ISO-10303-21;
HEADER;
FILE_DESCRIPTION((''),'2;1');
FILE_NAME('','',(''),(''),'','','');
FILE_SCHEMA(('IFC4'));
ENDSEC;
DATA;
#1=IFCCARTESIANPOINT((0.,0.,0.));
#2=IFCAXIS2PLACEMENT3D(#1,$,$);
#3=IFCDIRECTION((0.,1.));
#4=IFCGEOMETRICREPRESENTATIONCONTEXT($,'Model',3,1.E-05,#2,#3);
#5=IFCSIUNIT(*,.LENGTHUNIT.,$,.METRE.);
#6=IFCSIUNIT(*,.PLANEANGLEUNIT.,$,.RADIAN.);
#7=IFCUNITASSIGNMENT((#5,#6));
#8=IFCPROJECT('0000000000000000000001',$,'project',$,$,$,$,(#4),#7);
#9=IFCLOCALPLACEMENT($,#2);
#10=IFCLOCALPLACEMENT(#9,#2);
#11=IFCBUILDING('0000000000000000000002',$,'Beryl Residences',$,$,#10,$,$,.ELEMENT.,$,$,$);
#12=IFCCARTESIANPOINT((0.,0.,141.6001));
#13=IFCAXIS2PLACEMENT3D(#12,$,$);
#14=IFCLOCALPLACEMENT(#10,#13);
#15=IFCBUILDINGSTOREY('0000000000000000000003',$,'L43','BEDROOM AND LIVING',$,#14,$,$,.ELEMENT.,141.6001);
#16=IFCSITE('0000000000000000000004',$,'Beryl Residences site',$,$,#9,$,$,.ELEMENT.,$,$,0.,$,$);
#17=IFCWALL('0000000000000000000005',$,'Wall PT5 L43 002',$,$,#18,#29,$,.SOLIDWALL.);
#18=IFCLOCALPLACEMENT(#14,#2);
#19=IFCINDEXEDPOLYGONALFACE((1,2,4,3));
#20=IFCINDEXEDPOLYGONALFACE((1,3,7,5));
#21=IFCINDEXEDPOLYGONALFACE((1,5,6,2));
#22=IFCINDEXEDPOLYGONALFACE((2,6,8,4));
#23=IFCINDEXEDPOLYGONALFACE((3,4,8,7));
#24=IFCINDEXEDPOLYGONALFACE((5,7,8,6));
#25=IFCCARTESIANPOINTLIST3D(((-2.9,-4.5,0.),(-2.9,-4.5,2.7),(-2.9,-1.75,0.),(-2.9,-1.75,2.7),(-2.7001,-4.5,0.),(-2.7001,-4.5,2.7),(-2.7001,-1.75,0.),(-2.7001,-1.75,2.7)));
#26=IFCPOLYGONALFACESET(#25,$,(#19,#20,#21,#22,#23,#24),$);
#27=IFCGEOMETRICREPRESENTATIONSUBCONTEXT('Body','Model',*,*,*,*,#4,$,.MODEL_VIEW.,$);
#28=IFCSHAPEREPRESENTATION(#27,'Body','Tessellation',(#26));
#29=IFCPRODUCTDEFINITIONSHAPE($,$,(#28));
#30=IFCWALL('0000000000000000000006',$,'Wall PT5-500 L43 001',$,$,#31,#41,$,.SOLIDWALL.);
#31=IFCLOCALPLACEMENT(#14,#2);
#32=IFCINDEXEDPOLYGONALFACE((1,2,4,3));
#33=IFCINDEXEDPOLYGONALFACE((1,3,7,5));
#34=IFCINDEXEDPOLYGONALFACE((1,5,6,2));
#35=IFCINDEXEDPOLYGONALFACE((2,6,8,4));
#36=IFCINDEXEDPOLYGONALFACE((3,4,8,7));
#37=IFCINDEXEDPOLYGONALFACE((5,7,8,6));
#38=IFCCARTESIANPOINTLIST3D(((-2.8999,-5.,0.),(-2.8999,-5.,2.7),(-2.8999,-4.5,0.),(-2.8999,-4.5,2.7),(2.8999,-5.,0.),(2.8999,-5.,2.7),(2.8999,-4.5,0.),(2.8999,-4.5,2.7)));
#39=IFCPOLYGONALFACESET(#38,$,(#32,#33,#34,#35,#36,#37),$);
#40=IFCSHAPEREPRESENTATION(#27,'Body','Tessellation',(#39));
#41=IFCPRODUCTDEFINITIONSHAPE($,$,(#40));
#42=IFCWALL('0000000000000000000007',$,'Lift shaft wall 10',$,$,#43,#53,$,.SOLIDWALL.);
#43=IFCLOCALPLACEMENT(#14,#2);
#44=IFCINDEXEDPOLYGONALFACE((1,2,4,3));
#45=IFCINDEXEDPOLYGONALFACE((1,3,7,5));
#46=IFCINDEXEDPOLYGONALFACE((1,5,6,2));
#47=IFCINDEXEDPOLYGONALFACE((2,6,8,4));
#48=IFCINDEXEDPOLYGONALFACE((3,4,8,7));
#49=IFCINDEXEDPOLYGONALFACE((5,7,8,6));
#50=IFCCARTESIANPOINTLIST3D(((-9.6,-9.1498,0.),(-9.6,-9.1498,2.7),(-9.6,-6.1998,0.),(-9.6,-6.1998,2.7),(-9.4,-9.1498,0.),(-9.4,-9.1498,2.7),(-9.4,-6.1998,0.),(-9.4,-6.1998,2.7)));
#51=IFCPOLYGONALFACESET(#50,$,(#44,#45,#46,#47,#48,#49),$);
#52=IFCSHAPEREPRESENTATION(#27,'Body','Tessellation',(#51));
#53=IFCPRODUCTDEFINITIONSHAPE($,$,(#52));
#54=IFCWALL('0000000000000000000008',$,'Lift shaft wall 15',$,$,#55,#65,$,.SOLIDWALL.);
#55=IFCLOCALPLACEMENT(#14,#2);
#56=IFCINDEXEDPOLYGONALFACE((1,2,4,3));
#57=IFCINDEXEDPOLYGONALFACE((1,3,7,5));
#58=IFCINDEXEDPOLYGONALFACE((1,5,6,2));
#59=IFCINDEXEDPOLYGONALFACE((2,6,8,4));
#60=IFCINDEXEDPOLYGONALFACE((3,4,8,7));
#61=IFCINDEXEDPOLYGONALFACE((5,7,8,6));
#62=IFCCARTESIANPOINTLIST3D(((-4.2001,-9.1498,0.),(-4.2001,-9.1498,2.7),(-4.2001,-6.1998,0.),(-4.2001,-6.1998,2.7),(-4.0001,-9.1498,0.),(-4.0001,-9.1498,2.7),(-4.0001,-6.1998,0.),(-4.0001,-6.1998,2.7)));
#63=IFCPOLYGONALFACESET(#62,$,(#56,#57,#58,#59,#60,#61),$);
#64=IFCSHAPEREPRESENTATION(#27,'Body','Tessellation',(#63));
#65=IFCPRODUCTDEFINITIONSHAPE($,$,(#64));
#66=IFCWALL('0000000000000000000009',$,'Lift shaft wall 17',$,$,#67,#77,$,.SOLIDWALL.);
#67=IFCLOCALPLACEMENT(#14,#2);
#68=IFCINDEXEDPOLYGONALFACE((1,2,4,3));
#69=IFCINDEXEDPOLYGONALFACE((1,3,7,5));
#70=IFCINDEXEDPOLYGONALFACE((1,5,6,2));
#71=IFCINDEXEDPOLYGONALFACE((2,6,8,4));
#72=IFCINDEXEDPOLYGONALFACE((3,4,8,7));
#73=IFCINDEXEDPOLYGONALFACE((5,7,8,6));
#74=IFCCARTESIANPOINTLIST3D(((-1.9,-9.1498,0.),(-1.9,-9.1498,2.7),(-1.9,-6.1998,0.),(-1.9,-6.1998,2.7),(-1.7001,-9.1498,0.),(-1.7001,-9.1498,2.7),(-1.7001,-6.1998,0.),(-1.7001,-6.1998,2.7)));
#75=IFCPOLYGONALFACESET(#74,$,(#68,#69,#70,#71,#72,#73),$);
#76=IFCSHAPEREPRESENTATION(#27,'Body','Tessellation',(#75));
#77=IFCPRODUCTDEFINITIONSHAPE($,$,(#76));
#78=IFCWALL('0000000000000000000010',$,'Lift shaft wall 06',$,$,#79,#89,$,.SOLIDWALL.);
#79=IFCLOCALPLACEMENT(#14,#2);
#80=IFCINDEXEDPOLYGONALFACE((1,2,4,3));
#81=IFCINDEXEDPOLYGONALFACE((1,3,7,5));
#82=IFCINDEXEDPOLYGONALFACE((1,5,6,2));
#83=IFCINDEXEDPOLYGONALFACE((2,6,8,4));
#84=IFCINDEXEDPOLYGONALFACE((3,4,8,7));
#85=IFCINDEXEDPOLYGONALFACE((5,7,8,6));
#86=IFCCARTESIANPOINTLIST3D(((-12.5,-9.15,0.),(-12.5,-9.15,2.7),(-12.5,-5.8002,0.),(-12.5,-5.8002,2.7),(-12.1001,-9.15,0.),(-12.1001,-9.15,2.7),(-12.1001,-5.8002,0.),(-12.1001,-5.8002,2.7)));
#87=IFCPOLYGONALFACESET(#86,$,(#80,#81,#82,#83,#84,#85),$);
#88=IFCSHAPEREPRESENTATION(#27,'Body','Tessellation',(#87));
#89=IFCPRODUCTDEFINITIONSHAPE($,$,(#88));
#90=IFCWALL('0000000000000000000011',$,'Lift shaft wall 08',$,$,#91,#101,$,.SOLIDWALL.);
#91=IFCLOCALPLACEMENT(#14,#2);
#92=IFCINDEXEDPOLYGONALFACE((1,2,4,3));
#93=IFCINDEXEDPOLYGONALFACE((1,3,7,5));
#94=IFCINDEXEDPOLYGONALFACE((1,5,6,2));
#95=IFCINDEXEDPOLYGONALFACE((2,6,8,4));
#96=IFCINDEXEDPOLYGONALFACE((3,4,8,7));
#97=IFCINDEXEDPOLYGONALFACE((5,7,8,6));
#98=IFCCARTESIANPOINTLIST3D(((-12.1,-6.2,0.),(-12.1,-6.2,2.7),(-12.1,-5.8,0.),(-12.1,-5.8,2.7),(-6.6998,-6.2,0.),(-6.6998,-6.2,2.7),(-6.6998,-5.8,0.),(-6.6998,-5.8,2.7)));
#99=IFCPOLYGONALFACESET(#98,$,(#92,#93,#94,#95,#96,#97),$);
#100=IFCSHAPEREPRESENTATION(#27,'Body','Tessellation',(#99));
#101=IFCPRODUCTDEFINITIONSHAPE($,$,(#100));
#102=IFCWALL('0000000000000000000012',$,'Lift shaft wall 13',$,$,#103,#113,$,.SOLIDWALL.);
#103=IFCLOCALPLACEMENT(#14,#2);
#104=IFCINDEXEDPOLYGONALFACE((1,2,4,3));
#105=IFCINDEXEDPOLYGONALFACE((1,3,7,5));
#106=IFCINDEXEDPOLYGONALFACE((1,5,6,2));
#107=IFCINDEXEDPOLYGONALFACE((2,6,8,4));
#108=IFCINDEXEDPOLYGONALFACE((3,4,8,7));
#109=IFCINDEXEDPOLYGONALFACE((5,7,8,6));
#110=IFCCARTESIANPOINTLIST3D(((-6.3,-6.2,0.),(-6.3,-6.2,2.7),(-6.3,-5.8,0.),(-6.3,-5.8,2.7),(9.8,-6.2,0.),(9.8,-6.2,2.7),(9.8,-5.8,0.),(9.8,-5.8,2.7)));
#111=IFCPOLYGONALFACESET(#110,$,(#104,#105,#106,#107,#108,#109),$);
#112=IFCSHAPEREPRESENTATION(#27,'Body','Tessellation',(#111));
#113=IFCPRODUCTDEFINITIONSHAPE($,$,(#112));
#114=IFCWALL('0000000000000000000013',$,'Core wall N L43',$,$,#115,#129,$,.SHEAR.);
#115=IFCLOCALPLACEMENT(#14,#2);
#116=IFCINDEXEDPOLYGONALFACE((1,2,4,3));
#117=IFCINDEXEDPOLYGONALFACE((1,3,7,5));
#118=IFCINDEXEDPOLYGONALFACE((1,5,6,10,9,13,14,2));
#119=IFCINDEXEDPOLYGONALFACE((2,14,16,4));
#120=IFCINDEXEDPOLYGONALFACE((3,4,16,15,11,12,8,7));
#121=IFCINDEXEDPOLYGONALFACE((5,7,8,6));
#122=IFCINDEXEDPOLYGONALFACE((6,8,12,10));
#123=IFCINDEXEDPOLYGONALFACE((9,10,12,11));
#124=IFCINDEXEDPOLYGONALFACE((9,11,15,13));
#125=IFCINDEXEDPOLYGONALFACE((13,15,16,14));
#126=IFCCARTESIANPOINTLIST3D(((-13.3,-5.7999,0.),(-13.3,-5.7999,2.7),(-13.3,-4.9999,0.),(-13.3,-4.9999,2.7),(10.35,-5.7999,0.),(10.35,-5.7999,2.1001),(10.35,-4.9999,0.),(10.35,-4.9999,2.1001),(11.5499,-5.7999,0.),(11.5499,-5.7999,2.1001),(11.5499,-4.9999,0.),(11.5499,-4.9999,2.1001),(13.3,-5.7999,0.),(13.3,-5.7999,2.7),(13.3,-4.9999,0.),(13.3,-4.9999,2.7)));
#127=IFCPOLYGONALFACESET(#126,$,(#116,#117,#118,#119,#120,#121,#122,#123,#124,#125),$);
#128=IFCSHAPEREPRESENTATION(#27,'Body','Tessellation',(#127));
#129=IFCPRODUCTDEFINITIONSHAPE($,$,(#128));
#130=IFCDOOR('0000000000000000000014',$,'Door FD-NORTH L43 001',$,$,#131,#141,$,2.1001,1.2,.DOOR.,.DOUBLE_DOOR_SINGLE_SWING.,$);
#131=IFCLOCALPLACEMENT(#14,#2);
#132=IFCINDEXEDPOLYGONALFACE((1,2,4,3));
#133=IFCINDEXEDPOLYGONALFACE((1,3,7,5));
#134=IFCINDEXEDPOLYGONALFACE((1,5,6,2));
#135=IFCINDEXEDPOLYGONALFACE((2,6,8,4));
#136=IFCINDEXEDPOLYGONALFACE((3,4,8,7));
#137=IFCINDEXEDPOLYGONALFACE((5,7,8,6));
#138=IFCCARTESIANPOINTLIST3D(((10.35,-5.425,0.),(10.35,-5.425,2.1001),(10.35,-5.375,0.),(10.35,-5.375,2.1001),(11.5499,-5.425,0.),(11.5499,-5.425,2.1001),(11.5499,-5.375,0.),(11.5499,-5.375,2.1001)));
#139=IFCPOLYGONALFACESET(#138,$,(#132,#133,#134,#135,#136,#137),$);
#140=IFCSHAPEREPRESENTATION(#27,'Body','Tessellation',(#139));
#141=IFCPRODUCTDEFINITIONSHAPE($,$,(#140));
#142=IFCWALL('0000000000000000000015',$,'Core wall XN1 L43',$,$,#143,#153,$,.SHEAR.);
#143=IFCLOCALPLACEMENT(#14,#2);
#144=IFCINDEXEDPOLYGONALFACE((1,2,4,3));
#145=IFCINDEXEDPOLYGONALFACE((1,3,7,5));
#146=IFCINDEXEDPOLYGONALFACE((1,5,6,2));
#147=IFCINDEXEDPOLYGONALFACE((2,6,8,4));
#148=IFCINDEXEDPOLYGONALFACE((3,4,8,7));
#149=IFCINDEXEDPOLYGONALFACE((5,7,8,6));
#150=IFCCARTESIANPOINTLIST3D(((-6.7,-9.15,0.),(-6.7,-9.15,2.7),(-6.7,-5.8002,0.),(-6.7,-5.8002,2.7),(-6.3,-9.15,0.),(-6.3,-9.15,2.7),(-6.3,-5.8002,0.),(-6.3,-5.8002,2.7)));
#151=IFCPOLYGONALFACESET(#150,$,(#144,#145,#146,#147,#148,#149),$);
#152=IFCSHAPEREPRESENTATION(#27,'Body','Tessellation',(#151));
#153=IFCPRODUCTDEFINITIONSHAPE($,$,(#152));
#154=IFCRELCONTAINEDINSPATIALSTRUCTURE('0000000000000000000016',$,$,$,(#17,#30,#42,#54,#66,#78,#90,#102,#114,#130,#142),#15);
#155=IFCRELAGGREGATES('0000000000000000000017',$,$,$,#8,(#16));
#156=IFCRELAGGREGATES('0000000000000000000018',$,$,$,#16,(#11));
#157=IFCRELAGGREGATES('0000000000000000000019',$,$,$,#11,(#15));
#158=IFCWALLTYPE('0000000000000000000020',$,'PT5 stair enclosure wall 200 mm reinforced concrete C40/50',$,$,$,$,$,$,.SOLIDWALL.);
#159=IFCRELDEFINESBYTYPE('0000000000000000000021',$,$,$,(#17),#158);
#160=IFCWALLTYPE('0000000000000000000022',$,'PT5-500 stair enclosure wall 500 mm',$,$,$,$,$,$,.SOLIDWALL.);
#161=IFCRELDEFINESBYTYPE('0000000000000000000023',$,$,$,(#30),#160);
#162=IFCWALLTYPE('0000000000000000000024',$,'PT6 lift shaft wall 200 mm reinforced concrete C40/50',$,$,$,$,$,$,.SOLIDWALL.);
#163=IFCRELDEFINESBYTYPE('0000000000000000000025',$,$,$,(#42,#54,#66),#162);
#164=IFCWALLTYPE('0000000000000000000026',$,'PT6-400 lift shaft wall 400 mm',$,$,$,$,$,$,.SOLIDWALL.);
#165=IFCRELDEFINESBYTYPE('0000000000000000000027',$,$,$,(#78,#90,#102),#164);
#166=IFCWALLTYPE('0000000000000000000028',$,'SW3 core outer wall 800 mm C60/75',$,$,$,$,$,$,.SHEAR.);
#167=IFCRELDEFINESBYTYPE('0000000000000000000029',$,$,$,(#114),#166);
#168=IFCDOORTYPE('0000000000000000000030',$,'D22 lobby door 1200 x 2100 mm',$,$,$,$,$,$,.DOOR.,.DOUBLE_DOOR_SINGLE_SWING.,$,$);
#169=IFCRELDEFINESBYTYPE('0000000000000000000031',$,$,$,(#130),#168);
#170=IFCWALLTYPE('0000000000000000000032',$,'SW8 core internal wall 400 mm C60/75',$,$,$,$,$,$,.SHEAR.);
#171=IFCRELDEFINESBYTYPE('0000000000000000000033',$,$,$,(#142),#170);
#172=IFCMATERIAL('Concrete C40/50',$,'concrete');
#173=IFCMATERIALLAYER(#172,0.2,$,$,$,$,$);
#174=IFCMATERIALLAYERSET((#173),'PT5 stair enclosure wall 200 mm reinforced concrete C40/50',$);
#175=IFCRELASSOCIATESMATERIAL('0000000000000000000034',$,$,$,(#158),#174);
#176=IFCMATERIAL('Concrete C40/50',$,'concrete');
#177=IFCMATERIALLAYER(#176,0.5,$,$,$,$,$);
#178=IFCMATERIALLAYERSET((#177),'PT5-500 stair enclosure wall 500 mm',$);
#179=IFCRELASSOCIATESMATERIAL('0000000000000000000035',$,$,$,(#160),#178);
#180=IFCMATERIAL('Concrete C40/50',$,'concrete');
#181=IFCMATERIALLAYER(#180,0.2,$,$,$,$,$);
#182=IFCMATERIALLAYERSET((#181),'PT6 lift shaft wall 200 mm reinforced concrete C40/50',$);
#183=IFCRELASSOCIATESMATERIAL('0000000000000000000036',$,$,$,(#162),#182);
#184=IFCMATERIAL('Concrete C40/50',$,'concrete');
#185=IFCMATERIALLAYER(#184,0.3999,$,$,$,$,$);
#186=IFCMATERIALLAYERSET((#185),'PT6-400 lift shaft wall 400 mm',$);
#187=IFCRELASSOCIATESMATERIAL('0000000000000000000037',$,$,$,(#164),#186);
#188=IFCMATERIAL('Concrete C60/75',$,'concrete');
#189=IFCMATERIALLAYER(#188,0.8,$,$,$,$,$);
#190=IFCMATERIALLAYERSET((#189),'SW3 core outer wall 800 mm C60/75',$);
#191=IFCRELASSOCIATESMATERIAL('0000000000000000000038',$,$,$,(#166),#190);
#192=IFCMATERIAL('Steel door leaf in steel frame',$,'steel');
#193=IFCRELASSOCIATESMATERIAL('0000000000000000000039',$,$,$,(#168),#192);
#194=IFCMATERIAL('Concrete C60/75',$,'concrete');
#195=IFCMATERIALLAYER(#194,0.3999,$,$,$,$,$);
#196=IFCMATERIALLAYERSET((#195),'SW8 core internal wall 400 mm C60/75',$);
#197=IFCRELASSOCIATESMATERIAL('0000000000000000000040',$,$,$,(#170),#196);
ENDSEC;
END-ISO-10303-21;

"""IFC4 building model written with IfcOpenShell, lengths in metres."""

from ifc_helpers import new_model, si_unit, direction, frame, frame_2d, origin, place, context, subcontext, project, spatial, rectangle, extrude, material, layer, layer_set, type_object, element, fill, save


model = new_model("IFC4")

# Units and contexts
model_context = context("Model", 3, precision=1e-05, world=origin(), true_north=direction((0.0, 1.0)))
body_context = subcontext(model_context, "Body", "Model", "MODEL_VIEW")
ifc_project = project(units=[si_unit("LENGTHUNIT", "METRE"), si_unit("PLANEANGLEUNIT", "RADIAN")], contexts=[model_context])

# Site, building, storey
site_placement = place(None, origin())
site = spatial("IfcSite", under=ifc_project, at=site_placement, Name="Beryl Residences site", CompositionType="ELEMENT", RefElevation=0.0)
building_placement = place(site_placement, origin())
building = spatial("IfcBuilding", under=site, at=building_placement, Name="Beryl Residences", CompositionType="ELEMENT")
storey_placement = place(building_placement, frame((0.0, 0.0, 141.6001)))
storey = spatial("IfcBuildingStorey", under=building, at=storey_placement, Name="L43", Description="BEDROOM AND LIVING", CompositionType="ELEMENT", Elevation=141.6001)

# Walls
ifc_material_1 = material(Name="Concrete C40/50", Category="concrete")
ifc_layer_1 = layer(ifc_material_1, 0.2)
ifc_layer_set_1 = layer_set([ifc_layer_1], Name="PT5 stair enclosure wall 200 mm reinforced concrete C40/50")
wall_type_1 = type_object("IfcWallType", Name="PT5 stair enclosure wall 200 mm reinforced concrete C40/50", PredefinedType="SOLIDWALL", material=ifc_layer_set_1)
wall_1_placement = place(storey_placement, frame((-2.8, -4.5, 0.0), z_axis=(0.0, 0.0, 1.0), x_axis=(0.0, 1.0, 0.0)))
element("IfcWall", 1, at=wall_1_placement, inside=storey, type_object=wall_type_1, Name="Wall PT5 L43 002", PredefinedType="SOLIDWALL", context=body_context, shape_type="SweptSolid", body=[
    extrude(rectangle(XDim=2.75, YDim=0.2, at=frame_2d((1.375, 0.0))), origin(), (0.0, 0.0, 1.0), 2.7),
])
ifc_material_2 = material(Name="Concrete C40/50", Category="concrete")
ifc_layer_2 = layer(ifc_material_2, 0.5)
ifc_layer_set_2 = layer_set([ifc_layer_2], Name="PT5-500 stair enclosure wall 500 mm")
wall_type_2 = type_object("IfcWallType", Name="PT5-500 stair enclosure wall 500 mm", PredefinedType="SOLIDWALL", material=ifc_layer_set_2)
wall_2_placement = place(storey_placement, frame((-2.8999, -4.75, 0.0), z_axis=(0.0, 0.0, 1.0), x_axis=(1.0, 0.0, 0.0)))
element("IfcWall", 2, at=wall_2_placement, inside=storey, type_object=wall_type_2, Name="Wall PT5-500 L43 001", PredefinedType="SOLIDWALL", context=body_context, shape_type="SweptSolid", body=[
    extrude(rectangle(XDim=5.7998, YDim=0.5, at=frame_2d((2.8999, 0.0))), origin(), (0.0, 0.0, 1.0), 2.7),
])
ifc_material_3 = material(Name="Concrete C40/50", Category="concrete")
ifc_layer_3 = layer(ifc_material_3, 0.2)
ifc_layer_set_3 = layer_set([ifc_layer_3], Name="PT6 lift shaft wall 200 mm reinforced concrete C40/50")
wall_type_3 = type_object("IfcWallType", Name="PT6 lift shaft wall 200 mm reinforced concrete C40/50", PredefinedType="SOLIDWALL", material=ifc_layer_set_3)
for number, where, z_axis, x_axis, name in (
    (3, (-9.5, -9.1499, 0.0), (0.0, 0.0, 1.0), (0.0, 1.0, 0.0), "Lift shaft wall 10"),
    (4, (-4.1001, -9.1499, 0.0), (0.0, 0.0, 1.0), (0.0, 1.0, 0.0), "Lift shaft wall 15"),
    (5, (-1.8, -9.1499, 0.0), (0.0, 0.0, 1.0), (0.0, 1.0, 0.0), "Lift shaft wall 17"),
):
    element("IfcWall", number, at=place(storey_placement, frame(where, z_axis=z_axis, x_axis=x_axis)), inside=storey, type_object=wall_type_3, Name=name, PredefinedType="SOLIDWALL", context=body_context, shape_type="SweptSolid", body=[
        extrude(rectangle(XDim=2.95, YDim=0.2, at=frame_2d((1.4751, 0.0))), origin(), (0.0, 0.0, 1.0), 2.7),
    ])
ifc_material_4 = material(Name="Concrete C40/50", Category="concrete")
ifc_layer_4 = layer(ifc_material_4, 0.3999)
ifc_layer_set_4 = layer_set([ifc_layer_4], Name="PT6-400 lift shaft wall 400 mm")
wall_type_4 = type_object("IfcWallType", Name="PT6-400 lift shaft wall 400 mm", PredefinedType="SOLIDWALL", material=ifc_layer_set_4)
wall_3_placement = place(storey_placement, frame((-12.3, -9.1499, 0.0), z_axis=(0.0, 0.0, 1.0), x_axis=(0.0, 1.0, 0.0)))
element("IfcWall", 6, at=wall_3_placement, inside=storey, type_object=wall_type_4, Name="Lift shaft wall 06", PredefinedType="SOLIDWALL", context=body_context, shape_type="SweptSolid", body=[
    extrude(rectangle(XDim=3.3499, YDim=0.3999, at=frame_2d((1.6748, 0.0))), origin(), (0.0, 0.0, 1.0), 2.7),
])
wall_4_placement = place(storey_placement, frame((-12.1001, -6.0, 0.0), z_axis=(0.0, 0.0, 1.0), x_axis=(1.0, 0.0, 0.0)))
element("IfcWall", 7, at=wall_4_placement, inside=storey, type_object=wall_type_4, Name="Lift shaft wall 08", PredefinedType="SOLIDWALL", context=body_context, shape_type="SweptSolid", body=[
    extrude(rectangle(XDim=5.4001, YDim=0.3999, at=frame_2d((2.7002, 0.0))), origin(), (0.0, 0.0, 1.0), 2.7),
])
wall_5_placement = place(storey_placement, frame((-6.3, -6.0, 0.0), z_axis=(0.0, 0.0, 1.0), x_axis=(1.0, 0.0, 0.0)))
element("IfcWall", 8, at=wall_5_placement, inside=storey, type_object=wall_type_4, Name="Lift shaft wall 13", PredefinedType="SOLIDWALL", context=body_context, shape_type="SweptSolid", body=[
    extrude(rectangle(XDim=16.1001, YDim=0.3999, at=frame_2d((8.05, 0.0))), origin(), (0.0, 0.0, 1.0), 2.7),
])

# Wall, opening, door
ifc_material_5 = material(Name="Concrete C60/75", Category="concrete")
ifc_layer_5 = layer(ifc_material_5, 0.8)
ifc_layer_set_5 = layer_set([ifc_layer_5], Name="SW3 core outer wall 800 mm C60/75")
wall_type_5 = type_object("IfcWallType", Name="SW3 core outer wall 800 mm C60/75", PredefinedType="SHEAR", material=ifc_layer_set_5)
wall_6_placement = place(storey_placement, frame((-13.3, -5.3999, 0.0), z_axis=(0.0, 0.0, 1.0), x_axis=(1.0, 0.0, 0.0)))
wall_6 = element("IfcWall", 9, at=wall_6_placement, inside=storey, type_object=wall_type_5, Name="Core wall N L43", PredefinedType="SHEAR", context=body_context, shape_type="SweptSolid", body=[
    extrude(rectangle(XDim=26.6001, YDim=0.8, at=frame_2d((13.3, 0.0))), origin(), (0.0, 0.0, 1.0), 2.7),
])
opening_placement = place(wall_6_placement, frame((23.6499, 0.0, 0.0)))
opening = element("IfcOpeningElement", 10, at=opening_placement, cuts=wall_6, PredefinedType="OPENING", context=body_context, shape_type="SweptSolid", body=[
    extrude(rectangle(XDim=1.2, YDim=2.1001, at=frame_2d((0.6001, 1.05))), frame((0.0, 0.4099, 0.0), z_axis=(0.0, -1.0, 0.0), x_axis=(1.0, 0.0, 0.0)), (0.0, 0.0, 1.0), 0.8201),
])
ifc_material_6 = material(Name="Steel door leaf in steel frame", Category="steel")
door_type = type_object("IfcDoorType", Name="D22 lobby door 1200 x 2100 mm", OperationType="DOUBLE_DOOR_SINGLE_SWING", PredefinedType="DOOR", material=ifc_material_6)
door_placement = place(opening_placement, origin())
door = element("IfcDoor", 11, at=door_placement, inside=storey, type_object=door_type, Name="Door FD-NORTH L43 001", OperationType="DOUBLE_DOOR_SINGLE_SWING", OverallHeight=2.1001, OverallWidth=1.2, PredefinedType="DOOR", context=body_context, shape_type="SweptSolid", body=[
    extrude(rectangle(XDim=1.2, YDim=2.1001, at=frame_2d((0.6001, 1.05))), frame((0.0, 0.0249, 0.0), z_axis=(0.0, -1.0, 0.0), x_axis=(1.0, 0.0, 0.0)), (0.0, 0.0, 1.0), 0.05),
])
fill(opening, door)

# Wall
ifc_material_7 = material(Name="Concrete C60/75", Category="concrete")
ifc_layer_6 = layer(ifc_material_7, 0.3999)
ifc_layer_set_6 = layer_set([ifc_layer_6], Name="SW8 core internal wall 400 mm C60/75")
wall_type_6 = type_object("IfcWallType", Name="SW8 core internal wall 400 mm C60/75", PredefinedType="SHEAR", material=ifc_layer_set_6)
wall_7_placement = place(storey_placement, frame((-6.5, -9.1499, 0.0), z_axis=(0.0, 0.0, 1.0), x_axis=(0.0, 1.0, 0.0)))
element("IfcWall", 12, at=wall_7_placement, inside=storey, type_object=wall_type_6, Name="Core wall XN1 L43", PredefinedType="SHEAR", context=body_context, shape_type="SweptSolid", body=[
    extrude(rectangle(XDim=3.3499, YDim=0.3999, at=frame_2d((1.6748, 0.0))), origin(), (0.0, 0.0, 1.0), 2.7),
])

save(model, "model.ifc")
